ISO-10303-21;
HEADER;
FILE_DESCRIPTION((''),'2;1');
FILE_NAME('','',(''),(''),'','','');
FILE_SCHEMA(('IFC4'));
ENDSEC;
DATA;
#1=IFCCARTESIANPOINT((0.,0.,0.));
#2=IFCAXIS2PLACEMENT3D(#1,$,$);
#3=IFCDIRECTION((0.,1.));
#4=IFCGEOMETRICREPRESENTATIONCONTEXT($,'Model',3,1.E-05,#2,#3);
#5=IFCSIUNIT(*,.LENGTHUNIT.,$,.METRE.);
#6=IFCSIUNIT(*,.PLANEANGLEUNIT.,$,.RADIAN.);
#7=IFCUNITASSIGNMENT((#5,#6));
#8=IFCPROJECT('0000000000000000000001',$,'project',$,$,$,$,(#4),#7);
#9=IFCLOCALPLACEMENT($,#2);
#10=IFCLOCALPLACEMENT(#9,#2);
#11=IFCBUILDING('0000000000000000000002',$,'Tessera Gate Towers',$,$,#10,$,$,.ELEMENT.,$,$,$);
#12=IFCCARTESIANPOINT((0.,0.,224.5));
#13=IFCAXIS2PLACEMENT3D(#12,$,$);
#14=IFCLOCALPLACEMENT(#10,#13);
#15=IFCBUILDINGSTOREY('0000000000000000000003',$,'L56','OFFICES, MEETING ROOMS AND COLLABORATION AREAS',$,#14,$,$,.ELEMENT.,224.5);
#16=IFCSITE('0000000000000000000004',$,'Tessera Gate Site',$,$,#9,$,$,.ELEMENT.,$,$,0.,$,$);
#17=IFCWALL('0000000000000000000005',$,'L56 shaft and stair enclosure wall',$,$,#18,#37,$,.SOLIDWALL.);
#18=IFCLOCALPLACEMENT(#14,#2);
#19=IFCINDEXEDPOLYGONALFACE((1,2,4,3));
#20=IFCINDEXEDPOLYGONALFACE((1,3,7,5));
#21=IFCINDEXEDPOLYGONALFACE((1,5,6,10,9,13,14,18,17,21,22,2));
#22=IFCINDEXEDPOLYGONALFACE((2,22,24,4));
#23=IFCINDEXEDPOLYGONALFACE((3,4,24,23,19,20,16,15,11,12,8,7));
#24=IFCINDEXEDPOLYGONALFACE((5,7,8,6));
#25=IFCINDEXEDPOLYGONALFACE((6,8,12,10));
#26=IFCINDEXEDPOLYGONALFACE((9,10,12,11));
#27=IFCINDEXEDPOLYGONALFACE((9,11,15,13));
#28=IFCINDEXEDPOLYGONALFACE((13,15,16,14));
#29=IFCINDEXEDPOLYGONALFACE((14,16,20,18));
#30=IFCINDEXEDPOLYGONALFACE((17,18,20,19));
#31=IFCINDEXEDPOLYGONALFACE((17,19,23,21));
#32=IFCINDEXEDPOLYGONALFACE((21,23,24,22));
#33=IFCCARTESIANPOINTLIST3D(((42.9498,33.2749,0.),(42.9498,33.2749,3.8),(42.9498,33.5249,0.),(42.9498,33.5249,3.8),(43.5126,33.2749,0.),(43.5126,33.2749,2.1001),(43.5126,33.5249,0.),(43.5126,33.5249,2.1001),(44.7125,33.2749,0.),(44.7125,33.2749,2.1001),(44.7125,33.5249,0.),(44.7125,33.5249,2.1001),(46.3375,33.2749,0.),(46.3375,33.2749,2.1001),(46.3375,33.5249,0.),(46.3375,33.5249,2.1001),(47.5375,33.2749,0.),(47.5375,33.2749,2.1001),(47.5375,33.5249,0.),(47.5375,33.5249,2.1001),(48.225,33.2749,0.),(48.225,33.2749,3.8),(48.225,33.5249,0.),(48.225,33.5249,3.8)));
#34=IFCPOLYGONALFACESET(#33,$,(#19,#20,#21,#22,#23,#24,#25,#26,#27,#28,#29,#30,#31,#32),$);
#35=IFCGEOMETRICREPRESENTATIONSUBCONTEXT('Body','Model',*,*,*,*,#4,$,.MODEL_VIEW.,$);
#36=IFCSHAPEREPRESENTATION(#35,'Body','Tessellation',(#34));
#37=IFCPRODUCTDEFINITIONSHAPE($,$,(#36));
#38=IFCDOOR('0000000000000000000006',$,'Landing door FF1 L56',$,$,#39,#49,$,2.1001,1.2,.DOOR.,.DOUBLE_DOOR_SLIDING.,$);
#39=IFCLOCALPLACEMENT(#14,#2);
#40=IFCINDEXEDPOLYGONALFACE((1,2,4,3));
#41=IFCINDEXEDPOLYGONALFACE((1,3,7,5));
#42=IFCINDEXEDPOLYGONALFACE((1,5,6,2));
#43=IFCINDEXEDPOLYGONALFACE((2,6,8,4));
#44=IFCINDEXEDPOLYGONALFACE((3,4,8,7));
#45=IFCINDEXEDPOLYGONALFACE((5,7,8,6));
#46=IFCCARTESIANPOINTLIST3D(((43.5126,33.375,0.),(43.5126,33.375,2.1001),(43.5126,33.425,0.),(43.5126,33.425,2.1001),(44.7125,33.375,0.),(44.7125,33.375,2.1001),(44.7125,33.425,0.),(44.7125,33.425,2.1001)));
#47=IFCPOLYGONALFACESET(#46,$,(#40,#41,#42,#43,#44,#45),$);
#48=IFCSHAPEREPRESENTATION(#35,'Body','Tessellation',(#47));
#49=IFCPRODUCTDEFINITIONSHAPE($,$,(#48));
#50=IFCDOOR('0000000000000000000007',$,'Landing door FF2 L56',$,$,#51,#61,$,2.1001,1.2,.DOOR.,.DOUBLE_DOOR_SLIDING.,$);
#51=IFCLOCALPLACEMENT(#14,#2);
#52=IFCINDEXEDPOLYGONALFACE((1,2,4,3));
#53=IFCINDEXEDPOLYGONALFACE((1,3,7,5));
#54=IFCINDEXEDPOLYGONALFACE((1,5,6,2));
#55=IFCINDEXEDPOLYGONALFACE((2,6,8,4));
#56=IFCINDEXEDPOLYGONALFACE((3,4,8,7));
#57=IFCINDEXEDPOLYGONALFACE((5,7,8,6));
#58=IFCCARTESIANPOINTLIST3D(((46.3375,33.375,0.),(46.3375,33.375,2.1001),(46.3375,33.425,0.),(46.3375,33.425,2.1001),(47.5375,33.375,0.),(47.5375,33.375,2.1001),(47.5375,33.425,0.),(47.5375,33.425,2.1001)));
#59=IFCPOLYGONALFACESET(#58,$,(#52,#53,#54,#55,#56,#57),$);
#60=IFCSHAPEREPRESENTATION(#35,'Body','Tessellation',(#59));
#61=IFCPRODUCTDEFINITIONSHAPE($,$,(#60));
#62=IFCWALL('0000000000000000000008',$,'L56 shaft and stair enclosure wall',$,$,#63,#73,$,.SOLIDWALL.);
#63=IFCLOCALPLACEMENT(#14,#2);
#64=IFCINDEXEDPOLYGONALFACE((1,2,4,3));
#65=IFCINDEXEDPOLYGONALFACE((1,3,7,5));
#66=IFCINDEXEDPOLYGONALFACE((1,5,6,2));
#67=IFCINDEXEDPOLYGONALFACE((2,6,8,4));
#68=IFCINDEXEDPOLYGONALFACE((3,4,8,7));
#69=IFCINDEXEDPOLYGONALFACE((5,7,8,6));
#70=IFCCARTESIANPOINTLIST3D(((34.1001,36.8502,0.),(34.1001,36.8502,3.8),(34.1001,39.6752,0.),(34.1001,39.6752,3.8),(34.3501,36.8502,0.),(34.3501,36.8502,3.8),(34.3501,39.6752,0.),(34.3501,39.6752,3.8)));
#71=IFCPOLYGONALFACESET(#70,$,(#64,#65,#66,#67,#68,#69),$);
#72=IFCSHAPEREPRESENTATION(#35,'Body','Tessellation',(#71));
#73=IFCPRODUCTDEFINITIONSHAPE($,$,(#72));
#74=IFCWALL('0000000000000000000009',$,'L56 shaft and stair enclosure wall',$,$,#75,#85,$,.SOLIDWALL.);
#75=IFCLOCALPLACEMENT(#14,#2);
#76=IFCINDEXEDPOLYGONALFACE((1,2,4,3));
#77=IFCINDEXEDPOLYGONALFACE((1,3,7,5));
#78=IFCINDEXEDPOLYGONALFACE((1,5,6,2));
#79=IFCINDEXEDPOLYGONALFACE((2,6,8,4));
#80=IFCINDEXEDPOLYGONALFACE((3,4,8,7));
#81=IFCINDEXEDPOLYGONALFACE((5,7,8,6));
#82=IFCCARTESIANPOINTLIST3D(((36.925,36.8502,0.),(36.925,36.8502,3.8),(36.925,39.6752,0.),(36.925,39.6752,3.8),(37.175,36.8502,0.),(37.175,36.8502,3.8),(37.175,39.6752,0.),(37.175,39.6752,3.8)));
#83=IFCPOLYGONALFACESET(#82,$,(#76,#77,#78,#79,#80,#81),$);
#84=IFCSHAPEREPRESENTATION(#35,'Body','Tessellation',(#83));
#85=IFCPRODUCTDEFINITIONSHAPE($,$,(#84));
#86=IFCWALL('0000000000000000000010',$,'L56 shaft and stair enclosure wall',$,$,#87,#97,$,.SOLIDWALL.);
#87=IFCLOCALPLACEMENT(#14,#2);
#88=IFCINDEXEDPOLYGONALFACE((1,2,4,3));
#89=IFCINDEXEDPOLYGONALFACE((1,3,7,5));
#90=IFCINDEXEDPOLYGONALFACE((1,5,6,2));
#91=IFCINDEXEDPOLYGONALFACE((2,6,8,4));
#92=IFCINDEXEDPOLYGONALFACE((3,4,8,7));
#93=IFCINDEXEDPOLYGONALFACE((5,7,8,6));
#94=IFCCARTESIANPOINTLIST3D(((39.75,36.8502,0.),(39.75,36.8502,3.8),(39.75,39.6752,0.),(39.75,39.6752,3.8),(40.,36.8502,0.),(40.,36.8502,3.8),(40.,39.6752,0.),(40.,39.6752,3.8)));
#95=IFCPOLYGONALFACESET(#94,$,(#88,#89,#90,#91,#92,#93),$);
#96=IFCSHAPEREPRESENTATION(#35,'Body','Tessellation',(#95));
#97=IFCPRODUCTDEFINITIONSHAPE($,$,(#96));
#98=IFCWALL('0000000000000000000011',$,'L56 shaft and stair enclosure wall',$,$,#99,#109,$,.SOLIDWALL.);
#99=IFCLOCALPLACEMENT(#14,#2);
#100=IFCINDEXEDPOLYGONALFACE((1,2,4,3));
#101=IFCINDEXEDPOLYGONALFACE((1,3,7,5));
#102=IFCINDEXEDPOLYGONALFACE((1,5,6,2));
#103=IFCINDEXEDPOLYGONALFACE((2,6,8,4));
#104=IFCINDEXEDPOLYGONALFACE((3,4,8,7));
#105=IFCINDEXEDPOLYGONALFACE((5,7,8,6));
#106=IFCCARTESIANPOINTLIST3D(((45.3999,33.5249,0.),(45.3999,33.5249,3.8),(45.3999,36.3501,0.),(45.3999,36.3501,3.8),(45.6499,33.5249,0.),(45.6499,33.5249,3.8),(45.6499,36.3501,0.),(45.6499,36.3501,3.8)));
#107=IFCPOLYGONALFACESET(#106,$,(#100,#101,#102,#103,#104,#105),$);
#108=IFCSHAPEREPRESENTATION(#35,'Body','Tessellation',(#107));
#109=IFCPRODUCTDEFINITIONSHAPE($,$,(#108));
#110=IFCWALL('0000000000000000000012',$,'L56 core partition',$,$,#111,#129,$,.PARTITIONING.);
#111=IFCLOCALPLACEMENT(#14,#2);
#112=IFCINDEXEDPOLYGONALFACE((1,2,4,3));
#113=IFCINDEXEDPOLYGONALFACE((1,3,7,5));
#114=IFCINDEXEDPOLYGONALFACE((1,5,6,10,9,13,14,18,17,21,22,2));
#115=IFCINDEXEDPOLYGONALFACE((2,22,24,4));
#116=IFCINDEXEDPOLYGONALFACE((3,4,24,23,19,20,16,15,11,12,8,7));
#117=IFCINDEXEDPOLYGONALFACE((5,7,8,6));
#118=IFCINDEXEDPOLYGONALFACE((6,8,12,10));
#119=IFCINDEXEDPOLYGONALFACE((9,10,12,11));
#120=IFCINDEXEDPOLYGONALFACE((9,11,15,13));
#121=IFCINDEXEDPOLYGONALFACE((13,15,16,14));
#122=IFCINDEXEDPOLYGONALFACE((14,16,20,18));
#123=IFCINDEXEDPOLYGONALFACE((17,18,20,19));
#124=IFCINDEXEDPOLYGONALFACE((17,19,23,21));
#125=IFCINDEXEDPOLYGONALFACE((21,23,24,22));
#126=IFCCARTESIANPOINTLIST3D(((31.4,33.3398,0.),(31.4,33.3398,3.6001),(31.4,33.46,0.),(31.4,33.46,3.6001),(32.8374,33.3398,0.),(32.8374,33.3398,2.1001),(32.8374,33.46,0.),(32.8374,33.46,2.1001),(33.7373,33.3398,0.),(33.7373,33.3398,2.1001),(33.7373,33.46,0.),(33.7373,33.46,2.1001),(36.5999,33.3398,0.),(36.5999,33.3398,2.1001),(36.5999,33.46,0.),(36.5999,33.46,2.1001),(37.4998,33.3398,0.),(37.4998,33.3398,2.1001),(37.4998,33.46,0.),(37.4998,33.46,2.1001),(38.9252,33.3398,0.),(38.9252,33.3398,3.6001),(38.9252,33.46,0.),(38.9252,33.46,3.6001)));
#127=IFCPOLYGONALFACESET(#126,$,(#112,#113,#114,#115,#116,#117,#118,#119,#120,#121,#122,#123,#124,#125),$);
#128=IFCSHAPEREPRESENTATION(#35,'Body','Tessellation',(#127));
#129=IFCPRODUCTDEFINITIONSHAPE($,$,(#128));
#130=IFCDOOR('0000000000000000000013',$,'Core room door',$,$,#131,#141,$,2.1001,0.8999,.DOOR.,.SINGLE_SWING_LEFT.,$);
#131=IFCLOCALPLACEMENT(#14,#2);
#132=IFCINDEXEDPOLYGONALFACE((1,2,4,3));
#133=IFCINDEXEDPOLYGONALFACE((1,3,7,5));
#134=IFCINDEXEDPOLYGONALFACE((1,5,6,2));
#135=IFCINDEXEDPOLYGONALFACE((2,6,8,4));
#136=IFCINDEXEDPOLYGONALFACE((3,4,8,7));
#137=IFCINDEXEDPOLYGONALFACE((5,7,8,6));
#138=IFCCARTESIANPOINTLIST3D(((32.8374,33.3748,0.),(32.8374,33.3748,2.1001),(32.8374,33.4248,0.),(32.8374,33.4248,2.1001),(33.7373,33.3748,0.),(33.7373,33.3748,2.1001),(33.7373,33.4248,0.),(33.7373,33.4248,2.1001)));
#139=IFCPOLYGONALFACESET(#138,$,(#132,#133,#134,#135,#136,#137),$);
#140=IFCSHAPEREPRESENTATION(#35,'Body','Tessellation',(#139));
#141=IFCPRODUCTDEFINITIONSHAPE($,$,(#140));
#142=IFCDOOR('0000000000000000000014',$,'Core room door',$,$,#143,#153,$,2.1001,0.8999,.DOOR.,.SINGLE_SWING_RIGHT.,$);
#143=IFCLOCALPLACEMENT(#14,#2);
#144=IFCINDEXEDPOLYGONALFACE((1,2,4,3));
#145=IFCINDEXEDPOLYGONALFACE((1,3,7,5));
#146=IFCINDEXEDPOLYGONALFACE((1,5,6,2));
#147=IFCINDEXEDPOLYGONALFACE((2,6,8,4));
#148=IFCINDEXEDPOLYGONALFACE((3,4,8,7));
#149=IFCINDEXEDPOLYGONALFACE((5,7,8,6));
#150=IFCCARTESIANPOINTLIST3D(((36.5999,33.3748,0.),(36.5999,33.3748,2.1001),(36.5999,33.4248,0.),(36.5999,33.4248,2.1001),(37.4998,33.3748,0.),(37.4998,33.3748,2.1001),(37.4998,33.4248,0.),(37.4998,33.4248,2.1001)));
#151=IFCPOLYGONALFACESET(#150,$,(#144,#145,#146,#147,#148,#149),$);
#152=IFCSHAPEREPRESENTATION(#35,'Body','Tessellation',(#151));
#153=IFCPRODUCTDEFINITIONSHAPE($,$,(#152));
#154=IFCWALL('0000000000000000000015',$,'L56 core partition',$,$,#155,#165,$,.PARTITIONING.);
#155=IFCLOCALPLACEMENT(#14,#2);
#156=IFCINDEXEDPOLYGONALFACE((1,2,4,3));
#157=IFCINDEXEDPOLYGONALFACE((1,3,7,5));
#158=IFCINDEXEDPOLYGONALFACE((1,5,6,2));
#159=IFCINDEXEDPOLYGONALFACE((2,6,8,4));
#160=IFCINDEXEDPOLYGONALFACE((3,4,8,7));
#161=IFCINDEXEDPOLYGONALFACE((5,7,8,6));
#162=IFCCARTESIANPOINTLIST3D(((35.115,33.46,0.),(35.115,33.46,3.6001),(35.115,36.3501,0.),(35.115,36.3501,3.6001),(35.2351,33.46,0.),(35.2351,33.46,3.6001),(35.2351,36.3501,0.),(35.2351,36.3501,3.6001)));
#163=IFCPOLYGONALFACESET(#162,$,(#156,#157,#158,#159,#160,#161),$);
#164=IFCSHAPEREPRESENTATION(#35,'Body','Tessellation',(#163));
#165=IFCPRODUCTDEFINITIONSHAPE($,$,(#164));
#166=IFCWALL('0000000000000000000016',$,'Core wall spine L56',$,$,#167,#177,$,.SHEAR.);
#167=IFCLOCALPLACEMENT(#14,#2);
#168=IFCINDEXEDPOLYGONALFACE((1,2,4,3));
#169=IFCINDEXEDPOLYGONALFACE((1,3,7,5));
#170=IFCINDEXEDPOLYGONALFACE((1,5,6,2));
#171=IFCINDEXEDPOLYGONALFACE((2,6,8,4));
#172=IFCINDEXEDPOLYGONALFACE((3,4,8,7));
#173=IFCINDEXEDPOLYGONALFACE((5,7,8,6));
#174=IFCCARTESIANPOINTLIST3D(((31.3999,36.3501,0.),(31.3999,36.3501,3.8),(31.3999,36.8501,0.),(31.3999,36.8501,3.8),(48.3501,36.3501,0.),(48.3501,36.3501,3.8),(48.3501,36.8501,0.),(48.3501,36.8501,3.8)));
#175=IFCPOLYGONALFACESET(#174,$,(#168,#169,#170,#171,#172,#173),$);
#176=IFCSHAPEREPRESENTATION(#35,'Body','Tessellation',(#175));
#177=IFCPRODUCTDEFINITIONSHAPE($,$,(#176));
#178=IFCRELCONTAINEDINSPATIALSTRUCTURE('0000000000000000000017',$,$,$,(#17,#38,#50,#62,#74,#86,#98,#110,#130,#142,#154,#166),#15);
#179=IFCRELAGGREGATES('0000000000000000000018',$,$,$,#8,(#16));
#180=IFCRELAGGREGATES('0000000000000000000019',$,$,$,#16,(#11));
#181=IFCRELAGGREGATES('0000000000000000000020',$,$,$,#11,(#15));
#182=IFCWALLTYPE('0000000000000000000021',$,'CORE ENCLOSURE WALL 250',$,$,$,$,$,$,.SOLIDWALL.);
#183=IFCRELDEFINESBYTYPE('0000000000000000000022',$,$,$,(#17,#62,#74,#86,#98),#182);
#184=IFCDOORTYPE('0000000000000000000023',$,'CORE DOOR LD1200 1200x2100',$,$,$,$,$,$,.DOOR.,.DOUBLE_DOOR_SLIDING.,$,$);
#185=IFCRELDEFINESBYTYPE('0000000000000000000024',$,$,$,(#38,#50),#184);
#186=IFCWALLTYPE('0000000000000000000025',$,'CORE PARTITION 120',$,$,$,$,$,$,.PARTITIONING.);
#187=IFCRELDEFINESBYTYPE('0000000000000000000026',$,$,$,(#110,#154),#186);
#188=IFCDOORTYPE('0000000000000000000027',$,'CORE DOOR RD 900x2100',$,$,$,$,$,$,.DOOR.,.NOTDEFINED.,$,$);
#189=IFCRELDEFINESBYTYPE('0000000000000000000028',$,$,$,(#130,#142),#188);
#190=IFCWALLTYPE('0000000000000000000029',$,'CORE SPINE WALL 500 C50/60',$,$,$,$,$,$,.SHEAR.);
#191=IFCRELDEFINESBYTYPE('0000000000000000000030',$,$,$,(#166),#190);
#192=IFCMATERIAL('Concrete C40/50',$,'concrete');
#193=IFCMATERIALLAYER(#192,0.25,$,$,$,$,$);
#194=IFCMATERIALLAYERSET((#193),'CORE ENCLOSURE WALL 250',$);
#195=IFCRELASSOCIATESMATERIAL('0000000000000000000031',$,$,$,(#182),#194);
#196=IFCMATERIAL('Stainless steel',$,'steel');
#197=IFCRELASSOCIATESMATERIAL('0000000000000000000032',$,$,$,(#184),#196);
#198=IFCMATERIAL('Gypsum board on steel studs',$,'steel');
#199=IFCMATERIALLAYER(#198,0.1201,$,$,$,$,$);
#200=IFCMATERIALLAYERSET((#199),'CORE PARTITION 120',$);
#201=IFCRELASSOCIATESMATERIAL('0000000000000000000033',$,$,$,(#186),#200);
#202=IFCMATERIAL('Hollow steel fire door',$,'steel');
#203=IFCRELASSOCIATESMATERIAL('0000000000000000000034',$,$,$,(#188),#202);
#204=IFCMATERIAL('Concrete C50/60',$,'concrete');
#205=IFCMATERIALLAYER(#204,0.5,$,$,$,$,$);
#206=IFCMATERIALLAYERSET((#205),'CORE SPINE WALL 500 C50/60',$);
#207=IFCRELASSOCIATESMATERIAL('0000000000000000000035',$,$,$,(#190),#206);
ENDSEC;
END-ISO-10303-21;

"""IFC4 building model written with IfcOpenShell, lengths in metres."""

from ifc_helpers import new_model, si_unit, direction, frame, frame_2d, origin, place, context, subcontext, project, spatial, rectangle, extrude, source, transform, mapped, material, layer, layer_set, type_object, element, fill, save


model = new_model("IFC4")

# Units and contexts
model_context = context("Model", 3, precision=1e-05, world=origin(), true_north=direction((0.0, 1.0)))
body_context = subcontext(model_context, "Body", "Model", "MODEL_VIEW")
ifc_project = project(units=[si_unit("LENGTHUNIT", "METRE"), si_unit("PLANEANGLEUNIT", "RADIAN")], contexts=[model_context])

# Site, building, storey
site_placement = place(None, origin())
site = spatial("IfcSite", under=ifc_project, at=site_placement, Name="Tessera Gate Site", CompositionType="ELEMENT", RefElevation=0.0)
building_placement = place(site_placement, origin())
building = spatial("IfcBuilding", under=site, at=building_placement, Name="Tessera Gate Towers", CompositionType="ELEMENT")
storey_placement = place(building_placement, frame((0.0, 0.0, 224.5)))
storey = spatial("IfcBuildingStorey", under=building, at=storey_placement, Name="L56", Description="OFFICES, MEETING ROOMS AND COLLABORATION AREAS", CompositionType="ELEMENT", Elevation=224.5)

# Shared definitions
ifc_material_1 = material(Name="Concrete C40/50", Category="concrete")
ifc_layer_1 = layer(ifc_material_1, 0.25)
ifc_layer_set_1 = layer_set([ifc_layer_1], Name="CORE ENCLOSURE WALL 250")
wall_type_1 = type_object("IfcWallType", Name="CORE ENCLOSURE WALL 250", PredefinedType="SOLIDWALL", material=ifc_layer_set_1)

# Shared definitions
shared_shape_1 = source(origin(), body_context, "Body", "SweptSolid", [
    extrude(rectangle(XDim=1.2, YDim=2.1001, at=frame_2d((0.6001, 1.05))), frame((0.0, 0.135, 0.0), z_axis=(0.0, -1.0, 0.0), x_axis=(1.0, 0.0, 0.0)), (0.0, 0.0, 1.0), 0.27),
])
shared_shape_2 = source(origin(), body_context, "Body", "SweptSolid", [
    extrude(rectangle(XDim=1.2, YDim=2.1001, at=frame_2d((0.6001, 1.05))), frame((0.0, 0.0249, 0.0), z_axis=(0.0, -1.0, 0.0), x_axis=(1.0, 0.0, 0.0)), (0.0, 0.0, 1.0), 0.05),
])

# Wall, openings, doors
wall_1_placement = place(storey_placement, frame((48.2251, 33.3999, 0.0), z_axis=(0.0, 0.0, 1.0), x_axis=(-1.0, 0.0, 0.0)))
wall_1 = element("IfcWall", 1, at=wall_1_placement, inside=storey, type_object=wall_type_1, Name="L56 shaft and stair enclosure wall", PredefinedType="SOLIDWALL", context=body_context, shape_type="SweptSolid", body=[
    extrude(rectangle(XDim=5.2751, YDim=0.25, at=frame_2d((2.6377, 0.0))), origin(), (0.0, 0.0, 1.0), 3.8),
])
opening_1_placement = place(wall_1_placement, frame((3.5125, 0.0, 0.0)))
opening_1 = element("IfcOpeningElement", 2, at=opening_1_placement, cuts=wall_1, PredefinedType="OPENING", context=body_context, shape_type="MappedRepresentation", body=[
    mapped(shared_shape_1, transform((0.0, 0.0, 0.0), scale=1.0)),
])
opening_2_placement = place(wall_1_placement, frame((0.6875, 0.0, 0.0)))
opening_2 = element("IfcOpeningElement", 3, at=opening_2_placement, cuts=wall_1, PredefinedType="OPENING", context=body_context, shape_type="MappedRepresentation", body=[
    mapped(shared_shape_1, transform((0.0, 0.0, 0.0), scale=1.0)),
])
ifc_material_2 = material(Name="Stainless steel", Category="steel")
door_type_1 = type_object("IfcDoorType", Name="CORE DOOR LD1200 1200x2100", OperationType="DOUBLE_DOOR_SLIDING", PredefinedType="DOOR", material=ifc_material_2)
door_1_placement = place(opening_1_placement, origin())
door_1 = element("IfcDoor", 4, at=door_1_placement, inside=storey, type_object=door_type_1, Name="Landing door FF1 L56", OperationType="DOUBLE_DOOR_SLIDING", OverallHeight=2.1001, OverallWidth=1.2, PredefinedType="DOOR", context=body_context, shape_type="MappedRepresentation", body=[
    mapped(shared_shape_2, transform((0.0, 0.0, 0.0), scale=1.0)),
])
fill(opening_1, door_1)
door_2_placement = place(opening_2_placement, origin())
door_2 = element("IfcDoor", 5, at=door_2_placement, inside=storey, type_object=door_type_1, Name="Landing door FF2 L56", OperationType="DOUBLE_DOOR_SLIDING", OverallHeight=2.1001, OverallWidth=1.2, PredefinedType="DOOR", context=body_context, shape_type="MappedRepresentation", body=[
    mapped(shared_shape_2, transform((0.0, 0.0, 0.0), scale=1.0)),
])
fill(opening_2, door_2)

# Walls
for number, where, z_axis, x_axis, name in (
    (6, (34.2251, 36.8501, 0.0), (0.0, 0.0, 1.0), (0.0, 1.0, 0.0), "L56 shaft and stair enclosure wall"),
    (7, (37.05, 36.8501, 0.0), (0.0, 0.0, 1.0), (0.0, 1.0, 0.0), "L56 shaft and stair enclosure wall"),
    (8, (39.875, 36.8501, 0.0), (0.0, 0.0, 1.0), (0.0, 1.0, 0.0), "L56 shaft and stair enclosure wall"),
):
    element("IfcWall", number, at=place(storey_placement, frame(where, z_axis=z_axis, x_axis=x_axis)), inside=storey, type_object=wall_type_1, Name=name, PredefinedType="SOLIDWALL", context=body_context, shape_type="SweptSolid", body=[
        extrude(rectangle(XDim=2.825, YDim=0.25, at=frame_2d((1.4126, 0.0))), origin(), (0.0, 0.0, 1.0), 3.8),
    ])
wall_2_placement = place(storey_placement, frame((45.5249, 33.5249, 0.0), z_axis=(0.0, 0.0, 1.0), x_axis=(0.0, 1.0, 0.0)))
element("IfcWall", 9, at=wall_2_placement, inside=storey, type_object=wall_type_1, Name="L56 shaft and stair enclosure wall", PredefinedType="SOLIDWALL", context=body_context, shape_type="SweptSolid", body=[
    extrude(rectangle(XDim=2.8252, YDim=0.25, at=frame_2d((1.4126, 0.0))), origin(), (0.0, 0.0, 1.0), 3.8),
])

# Wall, openings, doors
ifc_material_3 = material(Name="Gypsum board on steel studs", Category="steel")
ifc_layer_2 = layer(ifc_material_3, 0.1201)
ifc_layer_set_2 = layer_set([ifc_layer_2], Name="CORE PARTITION 120")
wall_type_2 = type_object("IfcWallType", Name="CORE PARTITION 120", PredefinedType="PARTITIONING", material=ifc_layer_set_2)
wall_3_placement = place(storey_placement, frame((31.3999, 33.3999, 0.0), z_axis=(0.0, 0.0, 1.0), x_axis=(1.0, 0.0, 0.0)))
wall_3 = element("IfcWall", 10, at=wall_3_placement, inside=storey, type_object=wall_type_2, Name="L56 core partition", PredefinedType="PARTITIONING", context=body_context, shape_type="SweptSolid", body=[
    extrude(rectangle(XDim=7.5251, YDim=0.1201, at=frame_2d((3.7627, 0.0))), origin(), (0.0, 0.0, 1.0), 3.6001),
])
shared_shape_3 = source(origin(), body_context, "Body", "SweptSolid", [
    extrude(rectangle(XDim=0.8999, YDim=2.1001, at=frame_2d((0.45, 1.05))), frame((0.0, 0.0701, 0.0), z_axis=(0.0, -1.0, 0.0), x_axis=(1.0, 0.0, 0.0)), (0.0, 0.0, 1.0), 0.1401),
])
opening_3_placement = place(wall_3_placement, frame((1.4375, 0.0, 0.0)))
opening_3 = element("IfcOpeningElement", 11, at=opening_3_placement, cuts=wall_3, PredefinedType="OPENING", context=body_context, shape_type="MappedRepresentation", body=[
    mapped(shared_shape_3, transform((0.0, 0.0, 0.0), scale=1.0)),
])
opening_4_placement = place(wall_3_placement, frame((5.2, 0.0, 0.0)))
opening_4 = element("IfcOpeningElement", 12, at=opening_4_placement, cuts=wall_3, PredefinedType="OPENING", context=body_context, shape_type="MappedRepresentation", body=[
    mapped(shared_shape_3, transform((0.0, 0.0, 0.0), scale=1.0)),
])
ifc_material_4 = material(Name="Hollow steel fire door", Category="steel")
door_type_2 = type_object("IfcDoorType", Name="CORE DOOR RD 900x2100", OperationType="NOTDEFINED", PredefinedType="DOOR", material=ifc_material_4)
shared_shape_4 = source(origin(), body_context, "Body", "SweptSolid", [
    extrude(rectangle(XDim=0.8999, YDim=2.1001, at=frame_2d((0.45, 1.05))), frame((0.0, 0.0249, 0.0), z_axis=(0.0, -1.0, 0.0), x_axis=(1.0, 0.0, 0.0)), (0.0, 0.0, 1.0), 0.05),
])
door_3_placement = place(opening_3_placement, origin())
door_3 = element("IfcDoor", 13, at=door_3_placement, inside=storey, type_object=door_type_2, Name="Core room door", OperationType="SINGLE_SWING_LEFT", OverallHeight=2.1001, OverallWidth=0.8999, PredefinedType="DOOR", context=body_context, shape_type="MappedRepresentation", body=[
    mapped(shared_shape_4, transform((0.0, 0.0, 0.0), scale=1.0)),
])
fill(opening_3, door_3)
door_4_placement = place(opening_4_placement, origin())
door_4 = element("IfcDoor", 14, at=door_4_placement, inside=storey, type_object=door_type_2, Name="Core room door", OperationType="SINGLE_SWING_RIGHT", OverallHeight=2.1001, OverallWidth=0.8999, PredefinedType="DOOR", context=body_context, shape_type="MappedRepresentation", body=[
    mapped(shared_shape_4, transform((0.0, 0.0, 0.0), scale=1.0)),
])
fill(opening_4, door_4)

# Walls
wall_4_placement = place(storey_placement, frame((35.175, 33.46, 0.0), z_axis=(0.0, 0.0, 1.0), x_axis=(0.0, 1.0, 0.0)))
element("IfcWall", 15, at=wall_4_placement, inside=storey, type_object=wall_type_2, Name="L56 core partition", PredefinedType="PARTITIONING", context=body_context, shape_type="SweptSolid", body=[
    extrude(rectangle(XDim=2.8901, YDim=0.1201, at=frame_2d((1.4451, 0.0))), origin(), (0.0, 0.0, 1.0), 3.6001),
])
ifc_material_5 = material(Name="Concrete C50/60", Category="concrete")
ifc_layer_3 = layer(ifc_material_5, 0.5)
ifc_layer_set_3 = layer_set([ifc_layer_3], Name="CORE SPINE WALL 500 C50/60")
wall_type_3 = type_object("IfcWallType", Name="CORE SPINE WALL 500 C50/60", PredefinedType="SHEAR", material=ifc_layer_set_3)
wall_5_placement = place(storey_placement, frame((31.3999, 36.6001, 0.0), z_axis=(0.0, 0.0, 1.0), x_axis=(1.0, 0.0, 0.0)))
element("IfcWall", 16, at=wall_5_placement, inside=storey, type_object=wall_type_3, Name="Core wall spine L56", PredefinedType="SHEAR", context=body_context, shape_type="SweptSolid", body=[
    extrude(rectangle(XDim=16.9502, YDim=0.5, at=frame_2d((8.4751, 0.0))), origin(), (0.0, 0.0, 1.0), 3.8),
])

save(model, "model.ifc")
